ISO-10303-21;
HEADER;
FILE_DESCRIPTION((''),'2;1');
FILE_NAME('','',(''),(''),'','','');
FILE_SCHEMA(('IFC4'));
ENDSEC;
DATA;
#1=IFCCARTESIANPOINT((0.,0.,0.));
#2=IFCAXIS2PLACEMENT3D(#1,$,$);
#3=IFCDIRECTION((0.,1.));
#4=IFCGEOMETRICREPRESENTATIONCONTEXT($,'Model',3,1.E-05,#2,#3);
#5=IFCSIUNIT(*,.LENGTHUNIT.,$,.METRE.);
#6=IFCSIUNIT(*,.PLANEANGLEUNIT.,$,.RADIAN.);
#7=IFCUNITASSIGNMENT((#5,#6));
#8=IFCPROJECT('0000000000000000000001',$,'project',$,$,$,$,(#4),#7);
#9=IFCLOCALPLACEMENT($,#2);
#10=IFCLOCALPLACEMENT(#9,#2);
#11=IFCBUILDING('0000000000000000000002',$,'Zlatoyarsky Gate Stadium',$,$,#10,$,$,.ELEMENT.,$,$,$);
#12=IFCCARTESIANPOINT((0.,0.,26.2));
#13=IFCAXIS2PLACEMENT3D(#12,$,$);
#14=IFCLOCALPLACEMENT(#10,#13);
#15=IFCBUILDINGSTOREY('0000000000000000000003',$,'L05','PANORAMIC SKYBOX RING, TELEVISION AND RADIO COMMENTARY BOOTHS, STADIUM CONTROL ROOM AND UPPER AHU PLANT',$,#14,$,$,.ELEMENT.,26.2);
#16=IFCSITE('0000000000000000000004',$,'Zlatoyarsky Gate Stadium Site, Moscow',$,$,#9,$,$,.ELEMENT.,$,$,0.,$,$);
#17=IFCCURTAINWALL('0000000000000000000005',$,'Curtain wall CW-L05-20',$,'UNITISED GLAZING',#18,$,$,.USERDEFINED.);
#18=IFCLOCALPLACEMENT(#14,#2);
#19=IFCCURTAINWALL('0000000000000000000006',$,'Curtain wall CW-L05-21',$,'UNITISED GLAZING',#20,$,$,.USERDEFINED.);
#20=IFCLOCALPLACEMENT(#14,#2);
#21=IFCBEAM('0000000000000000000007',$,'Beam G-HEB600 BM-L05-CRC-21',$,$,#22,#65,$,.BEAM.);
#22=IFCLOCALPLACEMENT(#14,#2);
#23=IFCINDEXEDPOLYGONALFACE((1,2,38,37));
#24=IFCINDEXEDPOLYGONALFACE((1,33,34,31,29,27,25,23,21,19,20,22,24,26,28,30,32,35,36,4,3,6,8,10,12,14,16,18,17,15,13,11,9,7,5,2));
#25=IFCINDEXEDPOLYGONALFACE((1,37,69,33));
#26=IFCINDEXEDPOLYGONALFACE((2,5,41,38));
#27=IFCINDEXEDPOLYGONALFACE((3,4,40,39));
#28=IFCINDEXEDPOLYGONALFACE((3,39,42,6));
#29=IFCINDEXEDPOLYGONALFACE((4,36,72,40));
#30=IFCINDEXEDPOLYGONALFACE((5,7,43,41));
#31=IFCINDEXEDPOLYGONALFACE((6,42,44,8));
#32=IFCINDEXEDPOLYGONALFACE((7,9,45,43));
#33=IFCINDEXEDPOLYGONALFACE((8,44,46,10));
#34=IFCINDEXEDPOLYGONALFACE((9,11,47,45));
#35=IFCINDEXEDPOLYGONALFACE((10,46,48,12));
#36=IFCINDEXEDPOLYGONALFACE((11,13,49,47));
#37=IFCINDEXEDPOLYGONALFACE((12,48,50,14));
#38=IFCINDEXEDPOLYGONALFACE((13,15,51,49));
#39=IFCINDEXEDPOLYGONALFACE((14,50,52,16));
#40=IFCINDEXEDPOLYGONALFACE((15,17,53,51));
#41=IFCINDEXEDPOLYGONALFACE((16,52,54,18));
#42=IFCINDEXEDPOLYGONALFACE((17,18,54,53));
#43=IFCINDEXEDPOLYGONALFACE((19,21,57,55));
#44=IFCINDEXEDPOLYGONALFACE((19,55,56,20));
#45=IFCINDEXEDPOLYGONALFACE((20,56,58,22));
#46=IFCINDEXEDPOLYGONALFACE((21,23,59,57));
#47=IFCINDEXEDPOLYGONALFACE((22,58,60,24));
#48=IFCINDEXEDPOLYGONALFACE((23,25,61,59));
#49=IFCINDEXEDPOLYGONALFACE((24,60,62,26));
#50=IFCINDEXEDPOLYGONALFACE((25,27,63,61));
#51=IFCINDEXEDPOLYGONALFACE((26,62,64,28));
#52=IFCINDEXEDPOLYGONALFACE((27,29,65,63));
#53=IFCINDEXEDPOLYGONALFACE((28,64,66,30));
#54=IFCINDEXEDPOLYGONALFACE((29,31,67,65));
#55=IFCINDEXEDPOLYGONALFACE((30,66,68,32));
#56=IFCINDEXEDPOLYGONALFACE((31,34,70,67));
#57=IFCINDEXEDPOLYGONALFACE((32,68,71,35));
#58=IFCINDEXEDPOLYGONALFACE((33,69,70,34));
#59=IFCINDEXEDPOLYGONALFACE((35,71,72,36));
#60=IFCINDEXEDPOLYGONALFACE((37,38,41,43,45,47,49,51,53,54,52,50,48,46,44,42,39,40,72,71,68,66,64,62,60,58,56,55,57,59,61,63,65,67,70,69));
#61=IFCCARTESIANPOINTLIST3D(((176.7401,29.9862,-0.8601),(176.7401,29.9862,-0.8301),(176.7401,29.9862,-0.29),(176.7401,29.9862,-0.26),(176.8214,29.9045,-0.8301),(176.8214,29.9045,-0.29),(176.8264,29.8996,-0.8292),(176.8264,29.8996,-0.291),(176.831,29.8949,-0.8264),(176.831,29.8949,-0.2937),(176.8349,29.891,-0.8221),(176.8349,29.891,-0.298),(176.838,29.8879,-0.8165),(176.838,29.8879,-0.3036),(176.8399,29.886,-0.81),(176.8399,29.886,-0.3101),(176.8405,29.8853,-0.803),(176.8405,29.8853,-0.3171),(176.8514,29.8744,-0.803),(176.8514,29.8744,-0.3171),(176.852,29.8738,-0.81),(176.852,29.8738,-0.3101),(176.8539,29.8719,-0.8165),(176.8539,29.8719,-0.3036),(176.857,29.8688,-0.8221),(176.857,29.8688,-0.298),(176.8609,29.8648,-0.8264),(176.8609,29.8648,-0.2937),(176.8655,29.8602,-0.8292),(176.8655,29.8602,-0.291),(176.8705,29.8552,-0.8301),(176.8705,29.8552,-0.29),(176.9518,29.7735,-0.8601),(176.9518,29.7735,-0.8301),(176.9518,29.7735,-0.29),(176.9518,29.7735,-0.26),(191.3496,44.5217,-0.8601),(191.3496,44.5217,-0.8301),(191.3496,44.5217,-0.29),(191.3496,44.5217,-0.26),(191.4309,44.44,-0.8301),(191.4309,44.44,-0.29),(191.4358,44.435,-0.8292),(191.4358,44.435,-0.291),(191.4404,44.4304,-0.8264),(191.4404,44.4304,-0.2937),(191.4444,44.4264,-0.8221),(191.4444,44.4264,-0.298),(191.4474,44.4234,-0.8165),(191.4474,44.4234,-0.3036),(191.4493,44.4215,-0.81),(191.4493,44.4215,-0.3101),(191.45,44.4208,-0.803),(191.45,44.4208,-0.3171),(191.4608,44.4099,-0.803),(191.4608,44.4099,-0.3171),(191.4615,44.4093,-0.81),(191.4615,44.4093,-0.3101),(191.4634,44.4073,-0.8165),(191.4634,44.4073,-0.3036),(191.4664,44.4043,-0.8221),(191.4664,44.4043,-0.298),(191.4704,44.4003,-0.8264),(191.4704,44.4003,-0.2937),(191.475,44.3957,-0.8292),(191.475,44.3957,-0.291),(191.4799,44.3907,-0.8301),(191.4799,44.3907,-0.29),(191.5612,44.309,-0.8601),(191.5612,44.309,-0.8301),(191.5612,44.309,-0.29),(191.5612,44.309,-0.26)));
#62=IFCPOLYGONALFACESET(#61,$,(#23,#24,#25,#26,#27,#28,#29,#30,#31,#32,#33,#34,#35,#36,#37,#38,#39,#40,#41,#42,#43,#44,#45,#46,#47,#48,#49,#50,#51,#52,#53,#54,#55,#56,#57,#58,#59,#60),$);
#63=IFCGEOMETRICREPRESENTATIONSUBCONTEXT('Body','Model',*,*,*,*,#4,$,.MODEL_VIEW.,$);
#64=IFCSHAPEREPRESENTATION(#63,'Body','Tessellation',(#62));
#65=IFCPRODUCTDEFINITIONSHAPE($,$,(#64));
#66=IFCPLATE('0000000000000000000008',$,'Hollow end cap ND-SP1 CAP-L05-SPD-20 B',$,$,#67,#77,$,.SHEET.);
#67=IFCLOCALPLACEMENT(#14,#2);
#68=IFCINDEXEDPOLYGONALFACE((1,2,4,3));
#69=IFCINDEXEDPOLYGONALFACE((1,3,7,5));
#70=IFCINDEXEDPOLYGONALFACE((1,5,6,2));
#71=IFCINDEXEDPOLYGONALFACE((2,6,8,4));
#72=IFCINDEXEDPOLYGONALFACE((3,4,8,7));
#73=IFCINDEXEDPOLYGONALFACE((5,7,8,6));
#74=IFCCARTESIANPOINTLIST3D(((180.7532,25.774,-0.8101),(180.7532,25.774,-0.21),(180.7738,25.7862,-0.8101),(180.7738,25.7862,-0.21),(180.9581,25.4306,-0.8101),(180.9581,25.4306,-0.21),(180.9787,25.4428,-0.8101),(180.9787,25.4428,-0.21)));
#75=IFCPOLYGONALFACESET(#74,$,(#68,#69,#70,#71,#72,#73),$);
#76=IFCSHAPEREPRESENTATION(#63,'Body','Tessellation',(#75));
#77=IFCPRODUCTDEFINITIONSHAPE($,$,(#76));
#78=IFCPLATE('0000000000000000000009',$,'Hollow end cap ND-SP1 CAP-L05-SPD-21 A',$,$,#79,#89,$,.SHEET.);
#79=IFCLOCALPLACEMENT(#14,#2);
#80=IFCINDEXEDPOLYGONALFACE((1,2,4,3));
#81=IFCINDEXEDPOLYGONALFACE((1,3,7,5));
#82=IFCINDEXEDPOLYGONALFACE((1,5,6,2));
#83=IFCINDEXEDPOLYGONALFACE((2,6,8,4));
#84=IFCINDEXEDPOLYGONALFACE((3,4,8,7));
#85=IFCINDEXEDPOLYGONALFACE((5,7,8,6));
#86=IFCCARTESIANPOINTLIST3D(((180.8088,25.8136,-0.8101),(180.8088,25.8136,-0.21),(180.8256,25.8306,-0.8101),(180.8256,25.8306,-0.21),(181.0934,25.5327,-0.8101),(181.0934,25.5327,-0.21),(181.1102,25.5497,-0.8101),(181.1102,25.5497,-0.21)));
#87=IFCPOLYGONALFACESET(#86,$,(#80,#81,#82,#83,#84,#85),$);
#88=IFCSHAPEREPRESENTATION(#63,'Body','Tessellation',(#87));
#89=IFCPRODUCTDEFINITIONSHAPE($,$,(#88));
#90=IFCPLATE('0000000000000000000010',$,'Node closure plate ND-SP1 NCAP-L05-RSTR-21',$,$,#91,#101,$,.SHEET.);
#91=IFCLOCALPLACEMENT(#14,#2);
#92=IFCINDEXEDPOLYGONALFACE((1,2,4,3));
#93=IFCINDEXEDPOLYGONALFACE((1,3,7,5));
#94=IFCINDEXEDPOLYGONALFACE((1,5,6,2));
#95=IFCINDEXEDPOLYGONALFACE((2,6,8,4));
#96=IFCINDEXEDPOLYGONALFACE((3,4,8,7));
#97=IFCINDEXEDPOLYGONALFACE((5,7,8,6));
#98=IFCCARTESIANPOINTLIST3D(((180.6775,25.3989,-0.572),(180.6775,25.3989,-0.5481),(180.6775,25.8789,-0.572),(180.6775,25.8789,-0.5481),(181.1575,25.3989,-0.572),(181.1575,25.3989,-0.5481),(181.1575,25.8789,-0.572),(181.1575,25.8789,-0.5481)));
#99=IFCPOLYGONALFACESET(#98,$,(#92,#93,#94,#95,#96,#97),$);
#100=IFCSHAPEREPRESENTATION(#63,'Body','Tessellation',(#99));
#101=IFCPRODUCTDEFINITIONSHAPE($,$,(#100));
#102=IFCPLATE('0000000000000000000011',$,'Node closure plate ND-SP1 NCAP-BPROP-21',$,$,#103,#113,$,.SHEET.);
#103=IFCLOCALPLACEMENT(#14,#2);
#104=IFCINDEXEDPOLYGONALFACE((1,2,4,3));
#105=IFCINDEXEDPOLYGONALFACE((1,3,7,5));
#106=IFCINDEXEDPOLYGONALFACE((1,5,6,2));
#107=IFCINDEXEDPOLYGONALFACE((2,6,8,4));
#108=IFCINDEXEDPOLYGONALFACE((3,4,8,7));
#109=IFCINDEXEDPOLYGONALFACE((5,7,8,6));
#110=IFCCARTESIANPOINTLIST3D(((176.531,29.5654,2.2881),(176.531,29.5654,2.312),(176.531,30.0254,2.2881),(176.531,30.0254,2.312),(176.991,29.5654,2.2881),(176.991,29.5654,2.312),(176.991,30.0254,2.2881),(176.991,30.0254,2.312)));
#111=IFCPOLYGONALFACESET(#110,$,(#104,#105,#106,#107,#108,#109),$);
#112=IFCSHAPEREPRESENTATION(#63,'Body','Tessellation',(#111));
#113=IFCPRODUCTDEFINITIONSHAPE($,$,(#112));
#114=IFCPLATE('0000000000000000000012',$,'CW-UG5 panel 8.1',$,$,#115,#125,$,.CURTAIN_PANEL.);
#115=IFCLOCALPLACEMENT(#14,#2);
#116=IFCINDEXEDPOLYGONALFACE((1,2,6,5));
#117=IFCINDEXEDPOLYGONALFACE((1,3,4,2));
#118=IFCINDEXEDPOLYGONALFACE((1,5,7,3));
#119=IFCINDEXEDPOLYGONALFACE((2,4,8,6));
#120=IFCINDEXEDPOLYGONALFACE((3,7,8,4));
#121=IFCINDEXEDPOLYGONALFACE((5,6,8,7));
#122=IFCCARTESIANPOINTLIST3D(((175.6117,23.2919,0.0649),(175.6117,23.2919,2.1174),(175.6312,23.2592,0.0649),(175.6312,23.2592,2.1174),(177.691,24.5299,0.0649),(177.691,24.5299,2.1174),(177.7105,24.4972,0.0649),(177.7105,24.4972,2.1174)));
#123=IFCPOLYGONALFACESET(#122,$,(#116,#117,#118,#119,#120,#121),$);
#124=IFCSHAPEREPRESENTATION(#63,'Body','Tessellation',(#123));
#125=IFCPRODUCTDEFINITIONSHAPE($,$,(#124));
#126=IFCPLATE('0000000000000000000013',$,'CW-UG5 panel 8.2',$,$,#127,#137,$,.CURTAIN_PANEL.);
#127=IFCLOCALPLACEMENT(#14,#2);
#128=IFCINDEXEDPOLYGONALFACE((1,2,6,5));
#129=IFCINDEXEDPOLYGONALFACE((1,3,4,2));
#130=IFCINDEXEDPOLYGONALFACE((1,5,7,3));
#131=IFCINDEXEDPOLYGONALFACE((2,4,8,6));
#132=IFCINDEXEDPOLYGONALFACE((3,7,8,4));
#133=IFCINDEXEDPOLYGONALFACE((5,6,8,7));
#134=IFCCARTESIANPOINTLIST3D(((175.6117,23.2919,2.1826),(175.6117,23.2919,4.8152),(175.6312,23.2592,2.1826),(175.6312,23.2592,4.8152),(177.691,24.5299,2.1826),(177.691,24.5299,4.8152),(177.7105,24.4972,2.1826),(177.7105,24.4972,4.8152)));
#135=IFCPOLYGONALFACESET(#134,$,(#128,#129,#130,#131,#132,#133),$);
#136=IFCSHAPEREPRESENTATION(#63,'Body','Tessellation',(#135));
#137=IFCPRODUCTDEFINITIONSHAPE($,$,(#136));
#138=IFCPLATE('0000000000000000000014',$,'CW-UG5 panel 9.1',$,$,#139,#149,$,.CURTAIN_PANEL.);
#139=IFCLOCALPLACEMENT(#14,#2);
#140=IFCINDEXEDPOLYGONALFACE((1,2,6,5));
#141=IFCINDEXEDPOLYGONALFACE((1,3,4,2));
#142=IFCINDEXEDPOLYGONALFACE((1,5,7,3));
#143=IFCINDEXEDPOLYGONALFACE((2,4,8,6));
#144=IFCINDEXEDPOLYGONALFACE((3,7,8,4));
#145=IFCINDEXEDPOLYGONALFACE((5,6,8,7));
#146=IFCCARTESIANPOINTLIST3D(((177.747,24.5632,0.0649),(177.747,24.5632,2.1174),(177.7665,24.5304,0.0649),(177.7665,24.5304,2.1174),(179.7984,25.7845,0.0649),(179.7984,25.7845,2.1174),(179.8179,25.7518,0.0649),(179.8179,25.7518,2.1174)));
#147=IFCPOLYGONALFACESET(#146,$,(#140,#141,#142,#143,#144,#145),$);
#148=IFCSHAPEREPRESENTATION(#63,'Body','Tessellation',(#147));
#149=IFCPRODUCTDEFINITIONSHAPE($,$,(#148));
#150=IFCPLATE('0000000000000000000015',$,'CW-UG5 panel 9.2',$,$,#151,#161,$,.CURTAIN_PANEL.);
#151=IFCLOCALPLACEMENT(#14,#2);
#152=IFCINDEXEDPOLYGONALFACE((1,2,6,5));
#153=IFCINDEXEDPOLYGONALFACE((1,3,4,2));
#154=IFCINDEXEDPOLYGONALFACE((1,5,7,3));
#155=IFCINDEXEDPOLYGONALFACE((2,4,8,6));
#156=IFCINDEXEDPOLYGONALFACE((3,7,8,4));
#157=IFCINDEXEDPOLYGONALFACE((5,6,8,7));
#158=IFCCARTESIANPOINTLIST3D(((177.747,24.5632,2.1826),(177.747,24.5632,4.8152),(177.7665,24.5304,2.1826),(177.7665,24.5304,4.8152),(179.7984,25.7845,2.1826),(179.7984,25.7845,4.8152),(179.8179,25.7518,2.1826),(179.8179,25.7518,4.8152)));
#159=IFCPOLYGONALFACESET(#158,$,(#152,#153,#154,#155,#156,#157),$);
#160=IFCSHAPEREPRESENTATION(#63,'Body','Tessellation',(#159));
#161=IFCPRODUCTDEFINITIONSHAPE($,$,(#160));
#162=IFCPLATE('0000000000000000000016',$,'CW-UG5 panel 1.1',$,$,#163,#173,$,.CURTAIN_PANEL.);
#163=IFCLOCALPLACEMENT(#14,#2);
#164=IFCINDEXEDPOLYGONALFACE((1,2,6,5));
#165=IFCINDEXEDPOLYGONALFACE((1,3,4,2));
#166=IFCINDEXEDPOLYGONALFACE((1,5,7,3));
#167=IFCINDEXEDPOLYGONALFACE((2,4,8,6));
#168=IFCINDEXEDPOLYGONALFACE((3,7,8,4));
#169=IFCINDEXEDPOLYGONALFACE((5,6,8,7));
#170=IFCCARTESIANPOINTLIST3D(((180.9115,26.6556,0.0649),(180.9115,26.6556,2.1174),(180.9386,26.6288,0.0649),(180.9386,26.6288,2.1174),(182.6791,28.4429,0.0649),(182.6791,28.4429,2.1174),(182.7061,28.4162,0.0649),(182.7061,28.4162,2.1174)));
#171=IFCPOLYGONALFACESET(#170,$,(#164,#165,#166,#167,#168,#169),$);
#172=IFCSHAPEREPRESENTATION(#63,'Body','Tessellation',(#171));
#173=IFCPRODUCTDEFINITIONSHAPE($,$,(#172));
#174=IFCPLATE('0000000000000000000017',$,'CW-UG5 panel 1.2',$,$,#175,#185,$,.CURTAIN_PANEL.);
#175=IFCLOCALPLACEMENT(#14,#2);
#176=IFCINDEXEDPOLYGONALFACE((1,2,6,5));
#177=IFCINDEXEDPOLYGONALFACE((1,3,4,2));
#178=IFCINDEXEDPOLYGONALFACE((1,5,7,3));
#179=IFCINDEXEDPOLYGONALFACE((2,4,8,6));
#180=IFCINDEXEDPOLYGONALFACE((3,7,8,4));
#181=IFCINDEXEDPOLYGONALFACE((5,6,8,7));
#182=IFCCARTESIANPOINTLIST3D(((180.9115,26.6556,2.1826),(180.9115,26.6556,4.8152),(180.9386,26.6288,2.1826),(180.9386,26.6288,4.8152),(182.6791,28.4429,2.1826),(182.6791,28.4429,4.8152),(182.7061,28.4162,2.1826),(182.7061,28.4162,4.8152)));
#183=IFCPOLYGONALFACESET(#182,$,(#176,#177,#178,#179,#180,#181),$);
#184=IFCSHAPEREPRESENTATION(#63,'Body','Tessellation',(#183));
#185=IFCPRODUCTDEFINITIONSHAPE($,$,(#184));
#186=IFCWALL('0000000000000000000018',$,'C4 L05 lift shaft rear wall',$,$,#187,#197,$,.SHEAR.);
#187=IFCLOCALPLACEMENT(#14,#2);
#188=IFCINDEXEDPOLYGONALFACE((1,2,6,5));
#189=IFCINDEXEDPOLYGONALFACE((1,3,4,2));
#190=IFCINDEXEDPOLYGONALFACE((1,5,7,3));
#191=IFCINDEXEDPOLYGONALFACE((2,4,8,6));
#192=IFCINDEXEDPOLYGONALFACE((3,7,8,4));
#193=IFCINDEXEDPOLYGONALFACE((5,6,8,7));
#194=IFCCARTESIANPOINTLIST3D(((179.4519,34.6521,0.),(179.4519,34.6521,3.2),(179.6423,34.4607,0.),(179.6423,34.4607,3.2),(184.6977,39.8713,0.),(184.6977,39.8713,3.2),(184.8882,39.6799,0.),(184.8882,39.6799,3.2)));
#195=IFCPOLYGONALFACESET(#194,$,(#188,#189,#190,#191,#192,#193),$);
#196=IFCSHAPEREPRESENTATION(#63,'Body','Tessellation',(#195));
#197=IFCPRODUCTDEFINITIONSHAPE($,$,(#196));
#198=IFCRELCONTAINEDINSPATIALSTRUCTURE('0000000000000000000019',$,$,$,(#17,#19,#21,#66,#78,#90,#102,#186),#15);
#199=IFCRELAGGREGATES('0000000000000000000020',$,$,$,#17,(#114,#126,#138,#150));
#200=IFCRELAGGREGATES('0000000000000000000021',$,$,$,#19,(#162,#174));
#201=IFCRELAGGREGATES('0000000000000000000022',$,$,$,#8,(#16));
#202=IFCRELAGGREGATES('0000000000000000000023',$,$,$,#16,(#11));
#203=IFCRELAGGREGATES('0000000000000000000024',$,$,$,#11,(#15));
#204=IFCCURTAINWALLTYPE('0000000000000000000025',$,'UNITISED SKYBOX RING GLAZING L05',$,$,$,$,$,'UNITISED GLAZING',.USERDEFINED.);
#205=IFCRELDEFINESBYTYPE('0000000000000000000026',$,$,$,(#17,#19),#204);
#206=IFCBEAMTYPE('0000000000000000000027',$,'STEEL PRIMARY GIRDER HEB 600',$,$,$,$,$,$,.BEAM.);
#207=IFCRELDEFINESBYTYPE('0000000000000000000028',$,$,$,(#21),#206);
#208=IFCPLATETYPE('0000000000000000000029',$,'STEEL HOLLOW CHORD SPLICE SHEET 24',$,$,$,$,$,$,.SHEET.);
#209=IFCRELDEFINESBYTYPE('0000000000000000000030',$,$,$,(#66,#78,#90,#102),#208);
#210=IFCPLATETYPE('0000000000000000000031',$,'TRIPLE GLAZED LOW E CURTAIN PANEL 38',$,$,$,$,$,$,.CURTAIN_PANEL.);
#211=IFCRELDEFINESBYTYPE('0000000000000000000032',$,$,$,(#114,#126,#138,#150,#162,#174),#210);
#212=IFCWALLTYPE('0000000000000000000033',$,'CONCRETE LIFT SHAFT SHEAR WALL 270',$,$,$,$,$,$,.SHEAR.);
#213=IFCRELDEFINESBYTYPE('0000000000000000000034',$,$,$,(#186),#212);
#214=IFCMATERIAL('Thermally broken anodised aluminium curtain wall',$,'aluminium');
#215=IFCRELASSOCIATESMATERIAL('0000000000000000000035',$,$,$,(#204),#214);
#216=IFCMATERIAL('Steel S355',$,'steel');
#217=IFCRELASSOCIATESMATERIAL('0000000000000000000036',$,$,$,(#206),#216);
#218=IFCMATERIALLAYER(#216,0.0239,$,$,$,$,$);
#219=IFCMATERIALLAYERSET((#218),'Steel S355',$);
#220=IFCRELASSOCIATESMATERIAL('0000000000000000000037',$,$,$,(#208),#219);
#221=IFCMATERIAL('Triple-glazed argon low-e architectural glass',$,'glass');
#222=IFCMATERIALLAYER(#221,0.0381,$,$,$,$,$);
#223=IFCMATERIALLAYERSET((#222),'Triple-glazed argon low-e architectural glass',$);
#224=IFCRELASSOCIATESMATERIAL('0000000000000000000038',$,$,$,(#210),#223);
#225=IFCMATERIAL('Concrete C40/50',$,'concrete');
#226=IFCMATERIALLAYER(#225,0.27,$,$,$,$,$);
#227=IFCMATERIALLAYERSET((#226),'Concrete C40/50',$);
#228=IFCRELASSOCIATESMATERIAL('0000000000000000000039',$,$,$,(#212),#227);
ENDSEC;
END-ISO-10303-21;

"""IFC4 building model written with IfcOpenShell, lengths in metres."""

from ifc_helpers import new_model, si_unit, direction, frame, frame_2d, origin, origin_2d, place, context, subcontext, project, spatial, rectangle, i_section, extrude, material, layer, layer_set, material_profile, profile_set, type_object, element, aggregate, save


model = new_model("IFC4")

# Units and contexts
model_context = context("Model", 3, precision=1e-05, world=origin(), true_north=direction((0.0, 1.0)))
body_context = subcontext(model_context, "Body", "Model", "MODEL_VIEW")
ifc_project = project(units=[si_unit("LENGTHUNIT", "METRE"), si_unit("PLANEANGLEUNIT", "RADIAN")], contexts=[model_context])

# Site, building, storey
site_placement = place(None, origin())
site = spatial("IfcSite", under=ifc_project, at=site_placement, Name="Zlatoyarsky Gate Stadium Site, Moscow", CompositionType="ELEMENT", RefElevation=0.0)
building_placement = place(site_placement, origin())
building = spatial("IfcBuilding", under=site, at=building_placement, Name="Zlatoyarsky Gate Stadium", CompositionType="ELEMENT")
storey_placement = place(building_placement, frame((0.0, 0.0, 26.2)))
storey = spatial("IfcBuildingStorey", under=building, at=storey_placement, Name="L05", Description="PANORAMIC SKYBOX RING, TELEVISION AND RADIO COMMENTARY BOOTHS, STADIUM CONTROL ROOM AND UPPER AHU PLANT", CompositionType="ELEMENT", Elevation=26.2)

# Shared definitions
ifc_material_1 = material(Name="Steel S355", Category="steel")

# Curtain walls
ifc_material_2 = material(Name="Thermally broken anodised aluminium curtain wall", Category="aluminium")
curtain_wall_type = type_object("IfcCurtainWallType", Name="UNITISED SKYBOX RING GLAZING L05", ElementType="UNITISED GLAZING", PredefinedType="USERDEFINED", material=ifc_material_2)
curtain_wall_1_placement = place(storey_placement, origin())
curtain_wall_1 = element("IfcCurtainWall", 1, at=curtain_wall_1_placement, inside=storey, type_object=curtain_wall_type, Name="Curtain wall CW-L05-20", ObjectType="UNITISED GLAZING", PredefinedType="USERDEFINED")
curtain_wall_2_placement = place(storey_placement, origin())
curtain_wall_2 = element("IfcCurtainWall", 2, at=curtain_wall_2_placement, inside=storey, type_object=curtain_wall_type, Name="Curtain wall CW-L05-21", ObjectType="UNITISED GLAZING", PredefinedType="USERDEFINED")

# Beam
ifc_material_profile_1 = material_profile(ifc_material_1, i_section(OverallWidth=0.3, OverallDepth=0.6001, WebThickness=0.0154, FlangeThickness=0.03, FilletRadius=0.0271, at=origin_2d()), Name="HEB 600")
ifc_profile_set_1 = profile_set([ifc_material_profile_1], Name="Steel S355")
beam_type_1 = type_object("IfcBeamType", Name="STEEL PRIMARY GIRDER HEB 600", PredefinedType="BEAM", material=ifc_profile_set_1)
beam_1_placement = place(storey_placement, frame((176.8459, 29.8799, -0.5601), z_axis=(0.708899, 0.70531, 0.0), x_axis=(-0.70531, 0.708899, 0.0)))
element("IfcBeam", 3, at=beam_1_placement, inside=storey, type_object=beam_type_1, Name="Beam G-HEB600 BM-L05-CRC-21", PredefinedType="BEAM", context=body_context, shape_type="SweptSolid", body=[
    extrude(i_section(OverallWidth=0.3, OverallDepth=0.6001, WebThickness=0.0154, FlangeThickness=0.03, FilletRadius=0.0271, at=origin_2d()), origin(), (0.0, 0.0, 1.0), 20.6086),
])

# Plates
ifc_layer_1 = layer(ifc_material_1, 0.0239)
ifc_layer_set_1 = layer_set([ifc_layer_1], Name="Steel S355")
plate_type_1 = type_object("IfcPlateType", Name="STEEL HOLLOW CHORD SPLICE SHEET 24", PredefinedType="SHEET", material=ifc_layer_set_1)
for number, where, z_axis, x_axis, name in (
    (4, (180.866, 25.6084, -0.8101), (0.0, 0.0, 1.0), (0.858778, 0.512349, 0.0), "Hollow end cap ND-SP1 CAP-L05-SPD-20 B"),
    (5, (180.9595, 25.6816, -0.8101), (0.0, 0.0, 1.0), (0.702433, 0.711749, 0.0), "Hollow end cap ND-SP1 CAP-L05-SPD-21 A"),
):
    element("IfcPlate", number, at=place(storey_placement, frame(where, z_axis=z_axis, x_axis=x_axis)), inside=storey, type_object=plate_type_1, Name=name, PredefinedType="SHEET", context=body_context, shape_type="SweptSolid", body=[
        extrude(rectangle(XDim=0.0239, YDim=0.3999, at=origin_2d()), origin(), (0.0, 0.0, 1.0), 0.6001),
    ])
plate_1_placement = place(storey_placement, frame((180.9175, 25.6389, -0.572), z_axis=(0.0, 0.0, 1.0), x_axis=(1.0, 0.0, 0.0)))
element("IfcPlate", 6, at=plate_1_placement, inside=storey, type_object=plate_type_1, Name="Node closure plate ND-SP1 NCAP-L05-RSTR-21", PredefinedType="SHEET", context=body_context, shape_type="SweptSolid", body=[
    extrude(rectangle(XDim=0.48, YDim=0.48, at=origin_2d()), origin(), (0.0, 0.0, 1.0), 0.0239),
])
plate_2_placement = place(storey_placement, frame((176.761, 29.7954, 2.2881), z_axis=(0.0, 0.0, 1.0), x_axis=(1.0, 0.0, 0.0)))
element("IfcPlate", 7, at=plate_2_placement, inside=storey, type_object=plate_type_1, Name="Node closure plate ND-SP1 NCAP-BPROP-21", PredefinedType="SHEET", context=body_context, shape_type="SweptSolid", body=[
    extrude(rectangle(XDim=0.46, YDim=0.46, at=origin_2d()), origin(), (0.0, 0.0, 1.0), 0.0239),
])

# Plates
ifc_material_3 = material(Name="Triple-glazed argon low-e architectural glass", Category="glass")
ifc_layer_2 = layer(ifc_material_3, 0.0381)
ifc_layer_set_2 = layer_set([ifc_layer_2], Name="Triple-glazed argon low-e architectural glass")
plate_type_2 = type_object("IfcPlateType", Name="TRIPLE GLAZED LOW E CURTAIN PANEL 38", PredefinedType="CURTAIN_PANEL", material=ifc_layer_set_2)
plate_3_placement = place(storey_placement, frame((176.6611, 23.8945, 0.0649), z_axis=(0.0, 0.0, 1.0), x_axis=(0.859237, 0.511577, 0.0)))
plate_3 = element("IfcPlate", 8, at=plate_3_placement, type_object=plate_type_2, Name="CW-UG5 panel 8.1", PredefinedType="CURTAIN_PANEL", context=body_context, shape_type="SweptSolid", body=[
    extrude(rectangle(XDim=2.4199, YDim=0.0381, at=origin_2d()), origin(), (0.0, 0.0, 1.0), 2.0525),
])
plate_4_placement = place(storey_placement, frame((176.6611, 23.8945, 2.1826), z_axis=(0.0, 0.0, 1.0), x_axis=(0.859237, 0.511577, 0.0)))
plate_4 = element("IfcPlate", 9, at=plate_4_placement, type_object=plate_type_2, Name="CW-UG5 panel 8.2", PredefinedType="CURTAIN_PANEL", context=body_context, shape_type="SweptSolid", body=[
    extrude(rectangle(XDim=2.4199, YDim=0.0381, at=origin_2d()), origin(), (0.0, 0.0, 1.0), 2.6326),
])
plate_5_placement = place(storey_placement, frame((178.7825, 25.1575, 0.0649), z_axis=(0.0, 0.0, 1.0), x_axis=(0.859237, 0.511577, 0.0)))
plate_5 = element("IfcPlate", 10, at=plate_5_placement, type_object=plate_type_2, Name="CW-UG5 panel 9.1", PredefinedType="CURTAIN_PANEL", context=body_context, shape_type="SweptSolid", body=[
    extrude(rectangle(XDim=2.3875, YDim=0.0381, at=origin_2d()), origin(), (0.0, 0.0, 1.0), 2.0525),
])
plate_6_placement = place(storey_placement, frame((178.7825, 25.1575, 2.1826), z_axis=(0.0, 0.0, 1.0), x_axis=(0.859237, 0.511577, 0.0)))
plate_6 = element("IfcPlate", 11, at=plate_6_placement, type_object=plate_type_2, Name="CW-UG5 panel 9.2", PredefinedType="CURTAIN_PANEL", context=body_context, shape_type="SweptSolid", body=[
    extrude(rectangle(XDim=2.3875, YDim=0.0381, at=origin_2d()), origin(), (0.0, 0.0, 1.0), 2.6326),
])
aggregate(curtain_wall_1, [plate_3, plate_4, plate_5, plate_6])
plate_7_placement = place(storey_placement, frame((181.8088, 27.5359, 0.0649), z_axis=(0.0, 0.0, 1.0), x_axis=(0.703158, 0.711033, 0.0)))
plate_7 = element("IfcPlate", 12, at=plate_7_placement, type_object=plate_type_2, Name="CW-UG5 panel 1.1", PredefinedType="CURTAIN_PANEL", context=body_context, shape_type="SweptSolid", body=[
    extrude(rectangle(XDim=2.5137, YDim=0.0381, at=origin_2d()), origin(), (0.0, 0.0, 1.0), 2.0525),
])
plate_8_placement = place(storey_placement, frame((181.8088, 27.5359, 2.1826), z_axis=(0.0, 0.0, 1.0), x_axis=(0.703158, 0.711033, 0.0)))
plate_8 = element("IfcPlate", 13, at=plate_8_placement, type_object=plate_type_2, Name="CW-UG5 panel 1.2", PredefinedType="CURTAIN_PANEL", context=body_context, shape_type="SweptSolid", body=[
    extrude(rectangle(XDim=2.5137, YDim=0.0381, at=origin_2d()), origin(), (0.0, 0.0, 1.0), 2.6326),
])
aggregate(curtain_wall_2, [plate_7, plate_8])

# Wall
ifc_material_4 = material(Name="Concrete C40/50", Category="concrete")
ifc_layer_3 = layer(ifc_material_4, 0.27)
ifc_layer_set_3 = layer_set([ifc_layer_3], Name="Concrete C40/50")
wall_type = type_object("IfcWallType", Name="CONCRETE LIFT SHAFT SHEAR WALL 270", PredefinedType="SHEAR", material=ifc_layer_set_3)
wall_1_placement = place(storey_placement, frame((179.5471, 34.5564, 0.0), z_axis=(0.0, 0.0, 1.0), x_axis=(0.708903, 0.705306, 0.0)))
element("IfcWall", 14, at=wall_1_placement, inside=storey, type_object=wall_type, Name="C4 L05 lift shaft rear wall", PredefinedType="SHEAR", context=body_context, shape_type="SweptSolid", body=[
    extrude(rectangle(XDim=7.3999, YDim=0.27, at=frame_2d((3.7, 0.0))), origin(), (0.0, 0.0, 1.0), 3.2),
])

save(model, "model.ifc")
